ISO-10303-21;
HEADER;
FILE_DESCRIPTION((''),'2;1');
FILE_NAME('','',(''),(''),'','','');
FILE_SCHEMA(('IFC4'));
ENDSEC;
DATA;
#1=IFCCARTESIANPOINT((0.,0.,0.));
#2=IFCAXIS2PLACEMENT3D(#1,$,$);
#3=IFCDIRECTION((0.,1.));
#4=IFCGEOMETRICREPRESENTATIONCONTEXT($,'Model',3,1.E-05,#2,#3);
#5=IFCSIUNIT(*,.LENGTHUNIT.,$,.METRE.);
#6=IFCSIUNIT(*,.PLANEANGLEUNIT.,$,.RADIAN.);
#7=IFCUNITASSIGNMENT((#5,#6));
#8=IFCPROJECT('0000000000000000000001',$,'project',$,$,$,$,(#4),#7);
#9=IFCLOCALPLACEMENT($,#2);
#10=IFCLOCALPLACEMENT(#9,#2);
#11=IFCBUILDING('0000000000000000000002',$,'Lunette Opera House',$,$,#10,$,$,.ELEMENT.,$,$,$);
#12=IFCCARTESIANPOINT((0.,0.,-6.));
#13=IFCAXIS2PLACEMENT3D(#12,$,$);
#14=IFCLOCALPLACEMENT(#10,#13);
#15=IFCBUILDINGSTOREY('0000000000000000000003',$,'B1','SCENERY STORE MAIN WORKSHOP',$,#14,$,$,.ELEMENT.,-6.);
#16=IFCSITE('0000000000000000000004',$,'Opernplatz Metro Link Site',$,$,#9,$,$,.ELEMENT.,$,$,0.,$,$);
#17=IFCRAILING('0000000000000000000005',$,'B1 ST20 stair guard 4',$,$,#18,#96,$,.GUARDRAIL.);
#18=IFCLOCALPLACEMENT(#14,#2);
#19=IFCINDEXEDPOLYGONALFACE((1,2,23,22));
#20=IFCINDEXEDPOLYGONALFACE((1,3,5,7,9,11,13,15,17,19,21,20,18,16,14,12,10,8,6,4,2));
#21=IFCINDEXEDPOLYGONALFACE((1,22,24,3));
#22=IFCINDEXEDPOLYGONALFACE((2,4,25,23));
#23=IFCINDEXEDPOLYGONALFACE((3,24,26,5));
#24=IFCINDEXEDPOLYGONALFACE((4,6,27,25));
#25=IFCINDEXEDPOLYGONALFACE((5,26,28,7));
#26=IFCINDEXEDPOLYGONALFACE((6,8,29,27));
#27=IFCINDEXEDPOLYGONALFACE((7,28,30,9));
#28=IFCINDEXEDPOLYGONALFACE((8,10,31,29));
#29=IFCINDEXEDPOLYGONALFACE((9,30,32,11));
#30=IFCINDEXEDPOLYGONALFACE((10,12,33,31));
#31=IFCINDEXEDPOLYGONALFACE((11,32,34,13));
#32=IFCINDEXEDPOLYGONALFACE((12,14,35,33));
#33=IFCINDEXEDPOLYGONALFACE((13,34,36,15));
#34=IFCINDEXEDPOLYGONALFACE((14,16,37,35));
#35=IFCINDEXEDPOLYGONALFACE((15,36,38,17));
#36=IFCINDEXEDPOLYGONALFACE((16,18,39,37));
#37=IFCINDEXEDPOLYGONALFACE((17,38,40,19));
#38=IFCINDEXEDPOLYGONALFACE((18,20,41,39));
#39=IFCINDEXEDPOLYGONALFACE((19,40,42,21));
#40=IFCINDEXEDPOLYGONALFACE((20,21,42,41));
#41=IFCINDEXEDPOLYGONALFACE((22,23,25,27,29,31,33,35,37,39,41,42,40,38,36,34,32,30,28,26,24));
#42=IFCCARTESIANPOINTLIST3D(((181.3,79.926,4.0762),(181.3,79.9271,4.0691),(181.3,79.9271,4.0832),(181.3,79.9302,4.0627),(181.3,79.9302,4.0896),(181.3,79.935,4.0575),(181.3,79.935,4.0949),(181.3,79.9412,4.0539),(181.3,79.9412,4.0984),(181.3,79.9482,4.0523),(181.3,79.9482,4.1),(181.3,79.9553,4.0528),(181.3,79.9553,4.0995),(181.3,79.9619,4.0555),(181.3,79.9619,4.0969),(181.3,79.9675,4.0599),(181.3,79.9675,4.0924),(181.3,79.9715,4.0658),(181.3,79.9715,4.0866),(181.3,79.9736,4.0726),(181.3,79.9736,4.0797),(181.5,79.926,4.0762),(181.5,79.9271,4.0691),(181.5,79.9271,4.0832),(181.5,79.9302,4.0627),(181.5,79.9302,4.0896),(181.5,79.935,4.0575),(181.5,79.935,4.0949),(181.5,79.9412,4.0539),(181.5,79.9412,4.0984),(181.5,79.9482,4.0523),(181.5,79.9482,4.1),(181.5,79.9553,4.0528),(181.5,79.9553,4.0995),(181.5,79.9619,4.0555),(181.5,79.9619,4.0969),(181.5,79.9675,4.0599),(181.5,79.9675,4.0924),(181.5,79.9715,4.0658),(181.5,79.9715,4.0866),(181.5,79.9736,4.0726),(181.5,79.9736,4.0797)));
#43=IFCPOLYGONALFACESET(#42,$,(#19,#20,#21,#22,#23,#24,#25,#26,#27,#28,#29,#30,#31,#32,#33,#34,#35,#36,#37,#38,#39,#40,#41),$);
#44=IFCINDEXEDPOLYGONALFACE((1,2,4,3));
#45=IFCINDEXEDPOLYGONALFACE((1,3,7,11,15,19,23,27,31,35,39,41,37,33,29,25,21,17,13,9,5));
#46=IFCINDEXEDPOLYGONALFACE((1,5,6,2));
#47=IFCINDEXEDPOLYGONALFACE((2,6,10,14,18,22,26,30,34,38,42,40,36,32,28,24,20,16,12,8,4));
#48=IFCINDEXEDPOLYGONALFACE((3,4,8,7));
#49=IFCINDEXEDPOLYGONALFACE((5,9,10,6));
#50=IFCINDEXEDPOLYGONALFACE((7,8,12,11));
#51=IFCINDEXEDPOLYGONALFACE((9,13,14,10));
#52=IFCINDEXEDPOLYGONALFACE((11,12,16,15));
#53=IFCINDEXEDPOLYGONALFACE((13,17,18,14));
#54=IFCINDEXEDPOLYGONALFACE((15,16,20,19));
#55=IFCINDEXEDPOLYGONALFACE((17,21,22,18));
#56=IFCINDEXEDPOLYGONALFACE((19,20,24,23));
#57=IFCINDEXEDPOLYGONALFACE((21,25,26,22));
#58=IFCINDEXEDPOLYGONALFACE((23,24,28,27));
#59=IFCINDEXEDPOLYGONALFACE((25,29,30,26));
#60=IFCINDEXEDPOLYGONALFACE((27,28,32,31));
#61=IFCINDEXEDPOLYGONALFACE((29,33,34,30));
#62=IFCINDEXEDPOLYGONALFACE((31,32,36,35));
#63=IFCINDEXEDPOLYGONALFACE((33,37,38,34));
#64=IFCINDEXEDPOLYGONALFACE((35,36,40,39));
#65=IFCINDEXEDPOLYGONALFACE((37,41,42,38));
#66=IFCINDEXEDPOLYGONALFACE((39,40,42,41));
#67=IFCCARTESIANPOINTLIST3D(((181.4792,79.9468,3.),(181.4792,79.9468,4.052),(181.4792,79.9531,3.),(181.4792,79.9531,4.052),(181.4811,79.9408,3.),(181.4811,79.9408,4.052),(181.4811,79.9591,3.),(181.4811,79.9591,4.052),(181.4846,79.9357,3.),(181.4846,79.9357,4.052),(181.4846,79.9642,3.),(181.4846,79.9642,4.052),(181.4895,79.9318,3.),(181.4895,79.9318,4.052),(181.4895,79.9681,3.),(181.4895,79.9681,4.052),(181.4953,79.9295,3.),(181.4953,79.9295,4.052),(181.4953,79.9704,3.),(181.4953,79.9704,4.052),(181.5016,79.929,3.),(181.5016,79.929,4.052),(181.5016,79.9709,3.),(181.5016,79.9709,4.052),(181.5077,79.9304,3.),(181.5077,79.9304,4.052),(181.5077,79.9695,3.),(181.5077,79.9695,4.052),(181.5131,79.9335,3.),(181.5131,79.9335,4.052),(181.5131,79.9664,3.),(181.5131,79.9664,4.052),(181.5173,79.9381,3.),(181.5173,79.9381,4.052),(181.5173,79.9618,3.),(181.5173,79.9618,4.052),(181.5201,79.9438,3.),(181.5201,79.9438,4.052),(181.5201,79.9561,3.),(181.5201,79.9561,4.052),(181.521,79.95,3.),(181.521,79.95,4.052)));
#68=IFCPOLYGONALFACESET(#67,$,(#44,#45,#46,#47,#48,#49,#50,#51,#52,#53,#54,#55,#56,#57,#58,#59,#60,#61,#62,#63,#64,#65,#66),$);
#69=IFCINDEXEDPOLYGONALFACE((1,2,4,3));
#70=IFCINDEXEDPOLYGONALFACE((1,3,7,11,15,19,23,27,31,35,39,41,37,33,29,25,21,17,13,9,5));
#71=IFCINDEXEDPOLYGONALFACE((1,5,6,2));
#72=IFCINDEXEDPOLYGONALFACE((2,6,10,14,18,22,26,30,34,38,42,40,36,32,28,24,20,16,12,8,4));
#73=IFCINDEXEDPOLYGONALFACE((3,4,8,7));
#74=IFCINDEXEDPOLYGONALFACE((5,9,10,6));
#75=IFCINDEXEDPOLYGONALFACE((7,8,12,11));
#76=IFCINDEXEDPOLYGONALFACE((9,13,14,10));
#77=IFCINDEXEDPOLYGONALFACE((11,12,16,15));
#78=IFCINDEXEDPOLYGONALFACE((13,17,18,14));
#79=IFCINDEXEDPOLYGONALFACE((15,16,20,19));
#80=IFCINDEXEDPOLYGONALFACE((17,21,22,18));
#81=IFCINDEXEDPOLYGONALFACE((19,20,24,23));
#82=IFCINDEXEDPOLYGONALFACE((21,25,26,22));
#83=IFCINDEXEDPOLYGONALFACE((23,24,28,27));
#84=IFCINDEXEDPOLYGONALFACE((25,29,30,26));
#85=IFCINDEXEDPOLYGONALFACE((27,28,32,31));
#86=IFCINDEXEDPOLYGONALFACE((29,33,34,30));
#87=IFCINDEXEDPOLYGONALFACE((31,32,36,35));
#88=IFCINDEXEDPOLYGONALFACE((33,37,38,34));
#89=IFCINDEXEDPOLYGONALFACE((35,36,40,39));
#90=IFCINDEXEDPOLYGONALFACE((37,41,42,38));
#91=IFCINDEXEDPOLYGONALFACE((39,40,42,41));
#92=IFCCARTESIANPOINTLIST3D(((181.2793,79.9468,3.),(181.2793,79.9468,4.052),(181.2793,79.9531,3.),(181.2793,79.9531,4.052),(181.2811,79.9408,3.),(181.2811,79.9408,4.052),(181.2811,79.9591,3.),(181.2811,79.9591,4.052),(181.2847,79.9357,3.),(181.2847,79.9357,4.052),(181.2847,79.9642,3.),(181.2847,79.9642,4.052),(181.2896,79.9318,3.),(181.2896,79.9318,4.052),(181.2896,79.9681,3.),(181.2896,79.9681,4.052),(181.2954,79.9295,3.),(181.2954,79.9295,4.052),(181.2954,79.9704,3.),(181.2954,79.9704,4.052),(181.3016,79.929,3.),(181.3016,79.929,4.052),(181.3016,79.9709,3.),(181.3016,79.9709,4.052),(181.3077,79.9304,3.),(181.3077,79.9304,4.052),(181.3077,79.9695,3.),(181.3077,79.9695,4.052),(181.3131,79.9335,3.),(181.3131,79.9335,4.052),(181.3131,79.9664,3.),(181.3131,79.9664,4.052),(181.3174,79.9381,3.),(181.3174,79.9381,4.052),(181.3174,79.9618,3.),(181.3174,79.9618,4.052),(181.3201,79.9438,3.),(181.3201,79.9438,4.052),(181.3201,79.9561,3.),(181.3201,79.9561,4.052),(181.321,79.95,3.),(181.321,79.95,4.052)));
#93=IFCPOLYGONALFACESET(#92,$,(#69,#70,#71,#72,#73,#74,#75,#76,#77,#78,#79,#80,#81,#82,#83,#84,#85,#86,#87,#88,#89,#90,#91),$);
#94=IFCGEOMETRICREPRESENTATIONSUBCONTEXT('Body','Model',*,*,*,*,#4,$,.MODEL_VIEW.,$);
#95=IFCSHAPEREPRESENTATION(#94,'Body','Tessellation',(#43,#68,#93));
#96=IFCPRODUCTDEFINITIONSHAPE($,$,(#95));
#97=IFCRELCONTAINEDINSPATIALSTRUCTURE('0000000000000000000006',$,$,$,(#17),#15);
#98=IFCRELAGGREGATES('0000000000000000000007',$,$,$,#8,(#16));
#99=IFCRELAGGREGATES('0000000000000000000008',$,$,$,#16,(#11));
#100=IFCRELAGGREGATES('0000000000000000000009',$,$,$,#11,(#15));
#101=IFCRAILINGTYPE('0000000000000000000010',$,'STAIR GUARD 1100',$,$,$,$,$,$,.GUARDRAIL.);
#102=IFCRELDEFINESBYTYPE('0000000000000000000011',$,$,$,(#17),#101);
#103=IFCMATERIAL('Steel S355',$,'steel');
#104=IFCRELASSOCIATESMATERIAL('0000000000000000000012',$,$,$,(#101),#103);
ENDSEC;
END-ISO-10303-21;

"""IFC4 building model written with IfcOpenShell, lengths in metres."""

from ifc_helpers import new_model, si_unit, direction, frame, origin, origin_2d, place, context, subcontext, project, spatial, circle, extrude, material, type_object, element, save


model = new_model("IFC4")

# Units and contexts
model_context = context("Model", 3, precision=1e-05, world=origin(), true_north=direction((0.0, 1.0)))
body_context = subcontext(model_context, "Body", "Model", "MODEL_VIEW")
ifc_project = project(units=[si_unit("LENGTHUNIT", "METRE"), si_unit("PLANEANGLEUNIT", "RADIAN")], contexts=[model_context])

# Site, building, storey
site_placement = place(None, origin())
site = spatial("IfcSite", under=ifc_project, at=site_placement, Name="Opernplatz Metro Link Site", CompositionType="ELEMENT", RefElevation=0.0)
building_placement = place(site_placement, origin())
building = spatial("IfcBuilding", under=site, at=building_placement, Name="Lunette Opera House", CompositionType="ELEMENT")
storey_placement = place(building_placement, frame((0.0, 0.0, -6.0)))
storey = spatial("IfcBuildingStorey", under=building, at=storey_placement, Name="B1", Description="SCENERY STORE MAIN WORKSHOP", CompositionType="ELEMENT", Elevation=-6.0)

# Railing
ifc_material_1 = material(Name="Steel S355", Category="steel")
railing_type_1 = type_object("IfcRailingType", Name="STAIR GUARD 1100", PredefinedType="GUARDRAIL", material=ifc_material_1)
railing_1_placement = place(storey_placement, frame((181.5, 79.95, 3.0)))
element("IfcRailing", 1, at=railing_1_placement, inside=storey, type_object=railing_type_1, Name="B1 ST20 stair guard 4", PredefinedType="GUARDRAIL", context=body_context, shape_type="SweptSolid", body=[
    extrude(circle(Radius=0.0239, at=origin_2d()), frame((0.0, 0.0, 1.0762), z_axis=(-1.0, 0.0, 0.0), x_axis=(0.0, -1.0, 0.0)), (0.0, 0.0, 1.0), 0.2),
    extrude(circle(Radius=0.021, at=origin_2d()), origin(), (0.0, 0.0, 1.0), 1.052),
    extrude(circle(Radius=0.021, at=origin_2d()), frame((-0.2, 0.0, 0.0)), (0.0, 0.0, 1.0), 1.052),
])

save(model, "model.ifc")
